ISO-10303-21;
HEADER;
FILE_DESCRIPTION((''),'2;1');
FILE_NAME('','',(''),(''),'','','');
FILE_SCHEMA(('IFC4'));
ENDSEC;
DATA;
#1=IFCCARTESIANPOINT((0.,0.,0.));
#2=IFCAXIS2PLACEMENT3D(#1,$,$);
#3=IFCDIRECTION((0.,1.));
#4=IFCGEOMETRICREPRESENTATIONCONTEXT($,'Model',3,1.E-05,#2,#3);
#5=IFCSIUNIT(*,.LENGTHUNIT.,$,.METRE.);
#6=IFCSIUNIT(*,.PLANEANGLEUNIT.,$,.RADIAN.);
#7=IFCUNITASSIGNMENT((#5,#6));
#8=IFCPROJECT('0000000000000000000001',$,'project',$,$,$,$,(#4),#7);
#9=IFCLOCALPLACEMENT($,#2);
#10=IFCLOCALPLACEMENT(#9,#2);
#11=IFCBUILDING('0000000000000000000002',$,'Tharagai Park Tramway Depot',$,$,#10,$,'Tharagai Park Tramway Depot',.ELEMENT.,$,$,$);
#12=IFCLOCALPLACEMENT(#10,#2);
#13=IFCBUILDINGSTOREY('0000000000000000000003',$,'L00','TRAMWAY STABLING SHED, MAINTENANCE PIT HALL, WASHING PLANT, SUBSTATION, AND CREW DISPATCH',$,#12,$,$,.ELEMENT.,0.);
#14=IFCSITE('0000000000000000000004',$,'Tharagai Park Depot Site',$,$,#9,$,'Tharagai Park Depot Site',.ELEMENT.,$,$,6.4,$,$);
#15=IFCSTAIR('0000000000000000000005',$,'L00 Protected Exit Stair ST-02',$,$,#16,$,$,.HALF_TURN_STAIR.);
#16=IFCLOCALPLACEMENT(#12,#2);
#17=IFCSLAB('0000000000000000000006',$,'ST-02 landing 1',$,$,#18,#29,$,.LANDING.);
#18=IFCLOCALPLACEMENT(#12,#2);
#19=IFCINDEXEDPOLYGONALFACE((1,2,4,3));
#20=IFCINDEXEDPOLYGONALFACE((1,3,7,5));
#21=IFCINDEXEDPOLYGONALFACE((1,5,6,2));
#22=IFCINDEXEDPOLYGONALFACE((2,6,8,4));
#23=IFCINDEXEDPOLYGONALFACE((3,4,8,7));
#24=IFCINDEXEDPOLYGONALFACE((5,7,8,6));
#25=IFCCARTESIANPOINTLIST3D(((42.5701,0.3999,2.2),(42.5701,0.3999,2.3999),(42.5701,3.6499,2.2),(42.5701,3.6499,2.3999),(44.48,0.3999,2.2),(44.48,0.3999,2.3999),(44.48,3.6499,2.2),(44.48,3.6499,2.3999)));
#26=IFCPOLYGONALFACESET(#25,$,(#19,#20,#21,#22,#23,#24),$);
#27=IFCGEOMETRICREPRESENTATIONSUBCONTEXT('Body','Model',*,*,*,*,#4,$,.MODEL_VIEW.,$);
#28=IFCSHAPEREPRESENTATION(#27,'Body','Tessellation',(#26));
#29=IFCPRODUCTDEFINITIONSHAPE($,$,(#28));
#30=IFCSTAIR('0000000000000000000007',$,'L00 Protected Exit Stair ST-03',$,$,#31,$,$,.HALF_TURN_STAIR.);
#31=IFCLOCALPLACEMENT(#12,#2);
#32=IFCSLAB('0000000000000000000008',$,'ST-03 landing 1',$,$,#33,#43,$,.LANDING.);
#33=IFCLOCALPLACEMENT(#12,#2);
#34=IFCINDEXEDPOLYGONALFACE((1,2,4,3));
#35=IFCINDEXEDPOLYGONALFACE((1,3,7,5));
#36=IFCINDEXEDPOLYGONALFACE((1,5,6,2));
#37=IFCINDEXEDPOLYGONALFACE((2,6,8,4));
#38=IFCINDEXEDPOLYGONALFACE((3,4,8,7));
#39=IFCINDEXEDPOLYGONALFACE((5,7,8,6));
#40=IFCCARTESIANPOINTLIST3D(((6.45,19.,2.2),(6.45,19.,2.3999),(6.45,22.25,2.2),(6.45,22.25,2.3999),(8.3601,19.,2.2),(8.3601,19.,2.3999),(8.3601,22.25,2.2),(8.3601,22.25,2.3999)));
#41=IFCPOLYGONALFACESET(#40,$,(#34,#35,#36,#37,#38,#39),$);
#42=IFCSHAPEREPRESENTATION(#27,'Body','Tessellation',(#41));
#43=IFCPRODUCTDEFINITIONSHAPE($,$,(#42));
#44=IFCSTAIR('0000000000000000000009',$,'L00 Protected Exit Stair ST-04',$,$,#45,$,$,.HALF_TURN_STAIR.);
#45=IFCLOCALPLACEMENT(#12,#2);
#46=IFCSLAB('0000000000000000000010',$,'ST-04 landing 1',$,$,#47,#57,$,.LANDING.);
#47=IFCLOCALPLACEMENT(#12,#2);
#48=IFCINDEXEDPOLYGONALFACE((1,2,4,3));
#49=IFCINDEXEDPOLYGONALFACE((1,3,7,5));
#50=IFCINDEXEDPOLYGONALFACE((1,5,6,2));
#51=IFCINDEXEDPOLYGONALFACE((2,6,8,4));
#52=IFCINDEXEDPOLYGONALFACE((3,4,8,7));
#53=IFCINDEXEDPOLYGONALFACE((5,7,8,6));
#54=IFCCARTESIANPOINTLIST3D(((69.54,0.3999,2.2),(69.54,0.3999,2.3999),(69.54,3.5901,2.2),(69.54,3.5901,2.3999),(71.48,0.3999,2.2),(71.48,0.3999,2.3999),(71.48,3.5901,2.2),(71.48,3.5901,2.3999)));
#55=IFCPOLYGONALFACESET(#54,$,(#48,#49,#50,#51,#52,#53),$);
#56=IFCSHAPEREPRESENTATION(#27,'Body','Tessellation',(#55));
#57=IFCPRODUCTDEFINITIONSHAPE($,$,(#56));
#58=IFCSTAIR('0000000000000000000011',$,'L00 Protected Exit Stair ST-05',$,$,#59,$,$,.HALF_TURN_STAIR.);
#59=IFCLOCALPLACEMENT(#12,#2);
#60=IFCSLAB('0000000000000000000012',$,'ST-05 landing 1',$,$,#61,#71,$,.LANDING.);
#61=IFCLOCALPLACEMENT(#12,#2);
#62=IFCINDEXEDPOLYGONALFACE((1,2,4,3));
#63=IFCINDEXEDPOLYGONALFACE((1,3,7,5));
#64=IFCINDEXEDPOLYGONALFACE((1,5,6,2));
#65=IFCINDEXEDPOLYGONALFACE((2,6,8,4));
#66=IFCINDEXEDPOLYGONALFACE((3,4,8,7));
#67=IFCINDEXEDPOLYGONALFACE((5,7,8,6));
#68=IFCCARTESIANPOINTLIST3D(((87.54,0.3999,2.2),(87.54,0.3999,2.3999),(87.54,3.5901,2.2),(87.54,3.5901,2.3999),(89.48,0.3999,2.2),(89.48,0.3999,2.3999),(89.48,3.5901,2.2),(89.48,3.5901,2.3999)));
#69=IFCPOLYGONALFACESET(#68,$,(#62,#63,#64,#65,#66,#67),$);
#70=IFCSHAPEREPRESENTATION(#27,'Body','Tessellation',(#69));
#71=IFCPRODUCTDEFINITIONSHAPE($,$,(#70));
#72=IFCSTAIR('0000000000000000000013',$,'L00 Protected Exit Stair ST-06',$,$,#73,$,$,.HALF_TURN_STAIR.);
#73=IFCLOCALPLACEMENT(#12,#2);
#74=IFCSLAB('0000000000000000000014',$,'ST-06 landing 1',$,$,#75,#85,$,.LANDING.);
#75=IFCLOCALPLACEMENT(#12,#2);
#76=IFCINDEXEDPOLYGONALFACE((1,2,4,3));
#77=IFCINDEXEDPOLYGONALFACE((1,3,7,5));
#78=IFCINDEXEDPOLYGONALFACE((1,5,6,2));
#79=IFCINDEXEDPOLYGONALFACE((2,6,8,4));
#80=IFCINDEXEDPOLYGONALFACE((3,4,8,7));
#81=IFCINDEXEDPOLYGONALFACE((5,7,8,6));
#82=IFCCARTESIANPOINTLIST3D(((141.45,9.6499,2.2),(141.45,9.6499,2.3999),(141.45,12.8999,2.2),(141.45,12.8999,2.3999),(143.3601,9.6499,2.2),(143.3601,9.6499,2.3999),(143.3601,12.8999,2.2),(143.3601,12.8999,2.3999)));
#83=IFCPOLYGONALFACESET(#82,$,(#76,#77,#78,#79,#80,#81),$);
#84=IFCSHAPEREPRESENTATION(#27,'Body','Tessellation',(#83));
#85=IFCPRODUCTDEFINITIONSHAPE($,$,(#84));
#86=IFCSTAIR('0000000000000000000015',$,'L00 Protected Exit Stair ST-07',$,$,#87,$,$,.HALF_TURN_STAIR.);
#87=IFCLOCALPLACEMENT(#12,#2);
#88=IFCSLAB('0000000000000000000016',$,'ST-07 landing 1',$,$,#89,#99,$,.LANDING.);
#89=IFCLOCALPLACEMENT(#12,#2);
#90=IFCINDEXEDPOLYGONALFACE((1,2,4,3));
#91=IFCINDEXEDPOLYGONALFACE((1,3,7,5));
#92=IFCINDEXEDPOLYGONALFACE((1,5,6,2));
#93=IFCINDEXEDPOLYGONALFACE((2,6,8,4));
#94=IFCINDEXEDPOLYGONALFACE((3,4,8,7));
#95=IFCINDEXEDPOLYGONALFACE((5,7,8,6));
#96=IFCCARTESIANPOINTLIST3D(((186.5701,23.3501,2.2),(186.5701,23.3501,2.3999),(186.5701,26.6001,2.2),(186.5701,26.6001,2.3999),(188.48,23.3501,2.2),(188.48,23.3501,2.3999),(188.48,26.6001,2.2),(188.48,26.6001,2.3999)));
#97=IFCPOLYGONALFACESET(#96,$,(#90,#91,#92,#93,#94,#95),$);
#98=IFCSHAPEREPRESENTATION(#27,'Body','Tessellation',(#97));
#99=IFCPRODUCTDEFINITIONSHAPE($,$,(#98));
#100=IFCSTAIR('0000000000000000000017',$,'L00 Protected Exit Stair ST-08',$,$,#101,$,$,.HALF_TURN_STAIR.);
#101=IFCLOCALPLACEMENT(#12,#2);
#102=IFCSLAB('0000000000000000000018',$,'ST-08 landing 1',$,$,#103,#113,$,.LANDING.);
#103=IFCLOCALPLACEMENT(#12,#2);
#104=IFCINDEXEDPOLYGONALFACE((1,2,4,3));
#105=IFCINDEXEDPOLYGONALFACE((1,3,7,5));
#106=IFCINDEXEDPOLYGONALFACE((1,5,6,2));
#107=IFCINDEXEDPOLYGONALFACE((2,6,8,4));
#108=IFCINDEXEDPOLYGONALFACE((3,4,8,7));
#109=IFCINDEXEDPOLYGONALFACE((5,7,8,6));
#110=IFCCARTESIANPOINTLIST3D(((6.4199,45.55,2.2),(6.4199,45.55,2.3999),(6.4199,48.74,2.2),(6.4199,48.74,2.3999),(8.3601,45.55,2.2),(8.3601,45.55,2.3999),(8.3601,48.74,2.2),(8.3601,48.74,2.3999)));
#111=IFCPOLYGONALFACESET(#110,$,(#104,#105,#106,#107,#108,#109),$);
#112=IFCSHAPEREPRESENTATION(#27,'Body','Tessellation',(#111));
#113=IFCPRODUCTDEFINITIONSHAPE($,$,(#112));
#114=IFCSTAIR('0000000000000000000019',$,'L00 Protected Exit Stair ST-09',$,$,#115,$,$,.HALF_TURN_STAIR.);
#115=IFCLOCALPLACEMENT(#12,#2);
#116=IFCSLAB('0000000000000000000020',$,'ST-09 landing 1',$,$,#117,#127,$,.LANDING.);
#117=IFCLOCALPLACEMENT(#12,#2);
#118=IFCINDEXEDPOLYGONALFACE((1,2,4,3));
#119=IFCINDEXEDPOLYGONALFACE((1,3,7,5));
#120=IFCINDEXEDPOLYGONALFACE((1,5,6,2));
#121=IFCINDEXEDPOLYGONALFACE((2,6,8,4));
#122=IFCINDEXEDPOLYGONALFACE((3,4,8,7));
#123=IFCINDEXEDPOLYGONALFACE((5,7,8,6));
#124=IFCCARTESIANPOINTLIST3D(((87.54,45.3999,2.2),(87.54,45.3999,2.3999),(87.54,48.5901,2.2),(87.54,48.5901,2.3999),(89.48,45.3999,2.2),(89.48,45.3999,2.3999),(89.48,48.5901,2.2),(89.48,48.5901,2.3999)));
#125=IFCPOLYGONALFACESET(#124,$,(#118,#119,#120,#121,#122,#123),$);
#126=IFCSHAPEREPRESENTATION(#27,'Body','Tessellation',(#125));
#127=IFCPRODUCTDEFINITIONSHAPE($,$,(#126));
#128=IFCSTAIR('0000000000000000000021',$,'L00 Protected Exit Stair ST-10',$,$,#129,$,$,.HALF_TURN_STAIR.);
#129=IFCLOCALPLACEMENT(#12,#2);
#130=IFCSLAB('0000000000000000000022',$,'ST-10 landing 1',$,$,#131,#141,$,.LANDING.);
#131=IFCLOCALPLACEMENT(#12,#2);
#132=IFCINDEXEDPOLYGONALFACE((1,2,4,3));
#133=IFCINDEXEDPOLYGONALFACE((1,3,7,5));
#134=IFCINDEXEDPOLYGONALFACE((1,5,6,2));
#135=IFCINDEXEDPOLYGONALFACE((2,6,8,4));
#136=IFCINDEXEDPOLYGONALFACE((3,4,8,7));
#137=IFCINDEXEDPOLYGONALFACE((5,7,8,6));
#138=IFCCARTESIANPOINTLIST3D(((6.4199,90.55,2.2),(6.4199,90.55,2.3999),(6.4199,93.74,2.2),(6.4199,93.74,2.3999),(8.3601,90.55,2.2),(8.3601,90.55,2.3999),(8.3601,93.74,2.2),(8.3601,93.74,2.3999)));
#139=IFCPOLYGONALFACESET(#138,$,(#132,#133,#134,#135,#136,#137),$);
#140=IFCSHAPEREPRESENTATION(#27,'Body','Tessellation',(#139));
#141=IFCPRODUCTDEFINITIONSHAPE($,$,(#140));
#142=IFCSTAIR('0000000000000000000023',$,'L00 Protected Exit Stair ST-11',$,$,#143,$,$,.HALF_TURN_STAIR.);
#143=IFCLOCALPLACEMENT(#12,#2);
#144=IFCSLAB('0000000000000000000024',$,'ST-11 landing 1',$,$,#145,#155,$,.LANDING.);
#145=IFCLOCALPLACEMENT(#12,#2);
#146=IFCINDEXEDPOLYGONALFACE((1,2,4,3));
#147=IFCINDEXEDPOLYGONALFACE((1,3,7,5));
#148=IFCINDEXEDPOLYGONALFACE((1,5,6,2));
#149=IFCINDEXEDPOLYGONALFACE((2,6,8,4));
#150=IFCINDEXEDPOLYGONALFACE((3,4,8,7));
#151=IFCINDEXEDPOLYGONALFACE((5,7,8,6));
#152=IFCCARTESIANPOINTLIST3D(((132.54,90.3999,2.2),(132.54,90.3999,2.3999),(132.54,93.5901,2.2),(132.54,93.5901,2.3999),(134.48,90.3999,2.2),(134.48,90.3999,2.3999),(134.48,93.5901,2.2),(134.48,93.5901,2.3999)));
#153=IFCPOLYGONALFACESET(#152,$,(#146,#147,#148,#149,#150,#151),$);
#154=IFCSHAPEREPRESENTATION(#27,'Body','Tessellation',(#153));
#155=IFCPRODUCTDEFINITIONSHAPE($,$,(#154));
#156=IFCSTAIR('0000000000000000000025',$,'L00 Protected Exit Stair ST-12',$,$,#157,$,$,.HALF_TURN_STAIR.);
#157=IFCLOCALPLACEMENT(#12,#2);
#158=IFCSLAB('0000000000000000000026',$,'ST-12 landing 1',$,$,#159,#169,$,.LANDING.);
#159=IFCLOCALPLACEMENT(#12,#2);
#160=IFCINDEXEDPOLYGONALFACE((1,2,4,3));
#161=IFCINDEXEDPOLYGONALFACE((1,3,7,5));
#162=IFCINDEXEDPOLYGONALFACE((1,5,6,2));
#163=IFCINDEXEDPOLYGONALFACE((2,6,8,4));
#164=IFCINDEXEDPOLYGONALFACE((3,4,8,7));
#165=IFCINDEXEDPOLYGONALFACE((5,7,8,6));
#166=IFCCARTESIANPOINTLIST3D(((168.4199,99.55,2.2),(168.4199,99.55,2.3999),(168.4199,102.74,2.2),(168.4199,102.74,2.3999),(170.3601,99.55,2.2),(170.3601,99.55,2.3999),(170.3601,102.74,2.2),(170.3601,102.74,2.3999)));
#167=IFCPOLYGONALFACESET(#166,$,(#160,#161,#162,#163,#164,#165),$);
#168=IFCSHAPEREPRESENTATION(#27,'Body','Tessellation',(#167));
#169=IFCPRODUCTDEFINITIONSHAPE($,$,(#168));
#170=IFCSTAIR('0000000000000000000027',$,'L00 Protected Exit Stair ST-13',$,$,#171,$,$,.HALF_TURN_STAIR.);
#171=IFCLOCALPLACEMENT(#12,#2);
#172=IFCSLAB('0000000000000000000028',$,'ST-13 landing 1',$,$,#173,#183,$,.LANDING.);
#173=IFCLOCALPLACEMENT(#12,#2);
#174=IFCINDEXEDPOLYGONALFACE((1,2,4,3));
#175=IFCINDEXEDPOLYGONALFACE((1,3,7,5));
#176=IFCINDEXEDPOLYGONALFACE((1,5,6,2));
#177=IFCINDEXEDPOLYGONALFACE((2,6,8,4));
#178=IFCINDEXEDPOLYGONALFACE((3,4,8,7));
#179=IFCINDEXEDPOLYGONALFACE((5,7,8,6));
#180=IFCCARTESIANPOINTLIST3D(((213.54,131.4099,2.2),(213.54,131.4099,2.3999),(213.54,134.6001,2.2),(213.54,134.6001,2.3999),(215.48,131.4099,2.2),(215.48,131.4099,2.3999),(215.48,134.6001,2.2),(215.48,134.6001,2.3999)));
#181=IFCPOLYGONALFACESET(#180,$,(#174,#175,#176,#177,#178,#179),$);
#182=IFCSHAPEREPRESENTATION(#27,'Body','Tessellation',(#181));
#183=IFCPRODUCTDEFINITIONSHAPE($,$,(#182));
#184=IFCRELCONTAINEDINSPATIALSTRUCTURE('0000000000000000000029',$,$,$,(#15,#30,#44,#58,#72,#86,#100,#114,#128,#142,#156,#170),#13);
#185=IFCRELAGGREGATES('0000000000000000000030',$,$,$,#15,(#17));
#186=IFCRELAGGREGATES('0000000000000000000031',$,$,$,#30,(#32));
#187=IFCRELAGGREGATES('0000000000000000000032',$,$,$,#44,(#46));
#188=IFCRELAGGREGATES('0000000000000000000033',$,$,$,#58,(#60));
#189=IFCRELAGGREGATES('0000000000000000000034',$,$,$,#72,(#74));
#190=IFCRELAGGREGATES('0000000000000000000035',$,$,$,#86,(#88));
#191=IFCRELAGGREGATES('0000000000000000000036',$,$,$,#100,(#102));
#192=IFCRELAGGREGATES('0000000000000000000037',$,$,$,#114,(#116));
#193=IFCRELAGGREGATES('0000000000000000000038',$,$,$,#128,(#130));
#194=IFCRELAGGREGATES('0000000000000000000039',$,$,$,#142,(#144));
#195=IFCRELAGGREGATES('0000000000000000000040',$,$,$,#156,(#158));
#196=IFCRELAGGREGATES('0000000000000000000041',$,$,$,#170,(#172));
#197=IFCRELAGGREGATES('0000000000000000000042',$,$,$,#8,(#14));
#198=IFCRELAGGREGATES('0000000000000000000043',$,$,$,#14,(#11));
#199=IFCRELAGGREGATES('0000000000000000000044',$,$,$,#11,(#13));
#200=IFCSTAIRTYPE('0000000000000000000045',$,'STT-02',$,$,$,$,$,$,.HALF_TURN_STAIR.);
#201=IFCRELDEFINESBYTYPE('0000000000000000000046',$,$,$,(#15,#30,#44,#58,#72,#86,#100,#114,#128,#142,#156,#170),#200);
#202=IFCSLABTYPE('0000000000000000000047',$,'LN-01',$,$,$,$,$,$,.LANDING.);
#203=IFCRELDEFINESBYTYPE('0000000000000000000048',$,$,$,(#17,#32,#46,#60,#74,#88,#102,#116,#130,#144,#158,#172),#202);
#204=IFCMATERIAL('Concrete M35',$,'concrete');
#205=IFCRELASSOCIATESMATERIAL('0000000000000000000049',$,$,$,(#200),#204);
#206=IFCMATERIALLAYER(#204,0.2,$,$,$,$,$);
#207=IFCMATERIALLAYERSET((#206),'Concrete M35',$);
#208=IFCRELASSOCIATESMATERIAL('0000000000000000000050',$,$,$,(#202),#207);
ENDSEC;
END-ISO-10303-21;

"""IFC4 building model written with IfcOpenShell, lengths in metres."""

from ifc_helpers import new_model, si_unit, direction, frame, origin, place, context, subcontext, project, spatial, polyline, outline, extrude, material, layer, layer_set, type_object, element, aggregate, save


model = new_model("IFC4")

# Units and contexts
model_context = context("Model", 3, precision=1e-05, world=origin(), true_north=direction((0.0, 1.0)))
body_context = subcontext(model_context, "Body", "Model", "MODEL_VIEW")
ifc_project = project(units=[si_unit("LENGTHUNIT", "METRE"), si_unit("PLANEANGLEUNIT", "RADIAN")], contexts=[model_context])

# Site, building, storey
site_placement = place(None, origin())
site = spatial("IfcSite", under=ifc_project, at=site_placement, Name="Tharagai Park Depot Site", LongName="Tharagai Park Depot Site", CompositionType="ELEMENT", RefElevation=6.4)
building_placement = place(site_placement, origin())
building = spatial("IfcBuilding", under=site, at=building_placement, Name="Tharagai Park Tramway Depot", LongName="Tharagai Park Tramway Depot", CompositionType="ELEMENT")
storey_placement = place(building_placement, origin())
storey = spatial("IfcBuildingStorey", under=building, at=storey_placement, Name="L00", Description="TRAMWAY STABLING SHED, MAINTENANCE PIT HALL, WASHING PLANT, SUBSTATION, AND CREW DISPATCH", CompositionType="ELEMENT", Elevation=0.0)

# Stairs, slabs
ifc_material_1 = material(Name="Concrete M35", Category="concrete")
stair_type = type_object("IfcStairType", Name="STT-02", PredefinedType="HALF_TURN_STAIR", material=ifc_material_1)
stair_1_placement = place(storey_placement, origin())
stair_1 = element("IfcStair", 1, at=stair_1_placement, inside=storey, type_object=stair_type, Name="L00 Protected Exit Stair ST-02", PredefinedType="HALF_TURN_STAIR")
ifc_layer_1 = layer(ifc_material_1, 0.2)
ifc_layer_set_1 = layer_set([ifc_layer_1], Name="Concrete M35")
slab_type = type_object("IfcSlabType", Name="LN-01", PredefinedType="LANDING", material=ifc_layer_set_1)
slab_1_placement = place(storey_placement, frame((0.0, 0.0, 2.2)))
slab_1 = element("IfcSlab", 2, at=slab_1_placement, type_object=slab_type, Name="ST-02 landing 1", PredefinedType="LANDING", context=body_context, shape_type="SweptSolid", body=[
    extrude(outline(polyline([(42.5701, 0.3999), (44.48, 0.3999), (44.48, 3.6499), (42.5701, 3.6499), (42.5701, 0.3999)])), origin(), (0.0, 0.0, 1.0), 0.2),
])
aggregate(stair_1, [slab_1])
stair_2_placement = place(storey_placement, origin())
stair_2 = element("IfcStair", 3, at=stair_2_placement, inside=storey, type_object=stair_type, Name="L00 Protected Exit Stair ST-03", PredefinedType="HALF_TURN_STAIR")
slab_2_placement = place(storey_placement, frame((0.0, 0.0, 2.2)))
slab_2 = element("IfcSlab", 4, at=slab_2_placement, type_object=slab_type, Name="ST-03 landing 1", PredefinedType="LANDING", context=body_context, shape_type="SweptSolid", body=[
    extrude(outline(polyline([(6.45, 19.0), (8.3601, 19.0), (8.3601, 22.25), (6.45, 22.25), (6.45, 19.0)])), origin(), (0.0, 0.0, 1.0), 0.2),
])
aggregate(stair_2, [slab_2])
stair_3_placement = place(storey_placement, origin())
stair_3 = element("IfcStair", 5, at=stair_3_placement, inside=storey, type_object=stair_type, Name="L00 Protected Exit Stair ST-04", PredefinedType="HALF_TURN_STAIR")
slab_3_placement = place(storey_placement, frame((0.0, 0.0, 2.2)))
slab_3 = element("IfcSlab", 6, at=slab_3_placement, type_object=slab_type, Name="ST-04 landing 1", PredefinedType="LANDING", context=body_context, shape_type="SweptSolid", body=[
    extrude(outline(polyline([(69.54, 0.3999), (71.48, 0.3999), (71.48, 3.5901), (69.54, 3.5901), (69.54, 0.3999)])), origin(), (0.0, 0.0, 1.0), 0.2),
])
aggregate(stair_3, [slab_3])
stair_4_placement = place(storey_placement, origin())
stair_4 = element("IfcStair", 7, at=stair_4_placement, inside=storey, type_object=stair_type, Name="L00 Protected Exit Stair ST-05", PredefinedType="HALF_TURN_STAIR")
slab_4_placement = place(storey_placement, frame((0.0, 0.0, 2.2)))
slab_4 = element("IfcSlab", 8, at=slab_4_placement, type_object=slab_type, Name="ST-05 landing 1", PredefinedType="LANDING", context=body_context, shape_type="SweptSolid", body=[
    extrude(outline(polyline([(87.54, 0.3999), (89.48, 0.3999), (89.48, 3.5901), (87.54, 3.5901), (87.54, 0.3999)])), origin(), (0.0, 0.0, 1.0), 0.2),
])
aggregate(stair_4, [slab_4])
stair_5_placement = place(storey_placement, origin())
stair_5 = element("IfcStair", 9, at=stair_5_placement, inside=storey, type_object=stair_type, Name="L00 Protected Exit Stair ST-06", PredefinedType="HALF_TURN_STAIR")
slab_5_placement = place(storey_placement, frame((0.0, 0.0, 2.2)))
slab_5 = element("IfcSlab", 10, at=slab_5_placement, type_object=slab_type, Name="ST-06 landing 1", PredefinedType="LANDING", context=body_context, shape_type="SweptSolid", body=[
    extrude(outline(polyline([(141.45, 9.6499), (143.3601, 9.6499), (143.3601, 12.8999), (141.45, 12.8999), (141.45, 9.6499)])), origin(), (0.0, 0.0, 1.0), 0.2),
])
aggregate(stair_5, [slab_5])
stair_6_placement = place(storey_placement, origin())
stair_6 = element("IfcStair", 11, at=stair_6_placement, inside=storey, type_object=stair_type, Name="L00 Protected Exit Stair ST-07", PredefinedType="HALF_TURN_STAIR")
slab_6_placement = place(storey_placement, frame((0.0, 0.0, 2.2)))
slab_6 = element("IfcSlab", 12, at=slab_6_placement, type_object=slab_type, Name="ST-07 landing 1", PredefinedType="LANDING", context=body_context, shape_type="SweptSolid", body=[
    extrude(outline(polyline([(186.5701, 23.3501), (188.48, 23.3501), (188.48, 26.6001), (186.5701, 26.6001), (186.5701, 23.3501)])), origin(), (0.0, 0.0, 1.0), 0.2),
])
aggregate(stair_6, [slab_6])
stair_7_placement = place(storey_placement, origin())
stair_7 = element("IfcStair", 13, at=stair_7_placement, inside=storey, type_object=stair_type, Name="L00 Protected Exit Stair ST-08", PredefinedType="HALF_TURN_STAIR")
slab_7_placement = place(storey_placement, frame((0.0, 0.0, 2.2)))
slab_7 = element("IfcSlab", 14, at=slab_7_placement, type_object=slab_type, Name="ST-08 landing 1", PredefinedType="LANDING", context=body_context, shape_type="SweptSolid", body=[
    extrude(outline(polyline([(6.4199, 45.55), (8.3601, 45.55), (8.3601, 48.74), (6.4199, 48.74), (6.4199, 45.55)])), origin(), (0.0, 0.0, 1.0), 0.2),
])
aggregate(stair_7, [slab_7])
stair_8_placement = place(storey_placement, origin())
stair_8 = element("IfcStair", 15, at=stair_8_placement, inside=storey, type_object=stair_type, Name="L00 Protected Exit Stair ST-09", PredefinedType="HALF_TURN_STAIR")
slab_8_placement = place(storey_placement, frame((0.0, 0.0, 2.2)))
slab_8 = element("IfcSlab", 16, at=slab_8_placement, type_object=slab_type, Name="ST-09 landing 1", PredefinedType="LANDING", context=body_context, shape_type="SweptSolid", body=[
    extrude(outline(polyline([(87.54, 45.3999), (89.48, 45.3999), (89.48, 48.5901), (87.54, 48.5901), (87.54, 45.3999)])), origin(), (0.0, 0.0, 1.0), 0.2),
])
aggregate(stair_8, [slab_8])
stair_9_placement = place(storey_placement, origin())
stair_9 = element("IfcStair", 17, at=stair_9_placement, inside=storey, type_object=stair_type, Name="L00 Protected Exit Stair ST-10", PredefinedType="HALF_TURN_STAIR")
slab_9_placement = place(storey_placement, frame((0.0, 0.0, 2.2)))
slab_9 = element("IfcSlab", 18, at=slab_9_placement, type_object=slab_type, Name="ST-10 landing 1", PredefinedType="LANDING", context=body_context, shape_type="SweptSolid", body=[
    extrude(outline(polyline([(6.4199, 90.55), (8.3601, 90.55), (8.3601, 93.74), (6.4199, 93.74), (6.4199, 90.55)])), origin(), (0.0, 0.0, 1.0), 0.2),
])
aggregate(stair_9, [slab_9])
stair_10_placement = place(storey_placement, origin())
stair_10 = element("IfcStair", 19, at=stair_10_placement, inside=storey, type_object=stair_type, Name="L00 Protected Exit Stair ST-11", PredefinedType="HALF_TURN_STAIR")
slab_10_placement = place(storey_placement, frame((0.0, 0.0, 2.2)))
slab_10 = element("IfcSlab", 20, at=slab_10_placement, type_object=slab_type, Name="ST-11 landing 1", PredefinedType="LANDING", context=body_context, shape_type="SweptSolid", body=[
    extrude(outline(polyline([(132.54, 90.3999), (134.48, 90.3999), (134.48, 93.5901), (132.54, 93.5901), (132.54, 90.3999)])), origin(), (0.0, 0.0, 1.0), 0.2),
])
aggregate(stair_10, [slab_10])
stair_11_placement = place(storey_placement, origin())
stair_11 = element("IfcStair", 21, at=stair_11_placement, inside=storey, type_object=stair_type, Name="L00 Protected Exit Stair ST-12", PredefinedType="HALF_TURN_STAIR")
slab_11_placement = place(storey_placement, frame((0.0, 0.0, 2.2)))
slab_11 = element("IfcSlab", 22, at=slab_11_placement, type_object=slab_type, Name="ST-12 landing 1", PredefinedType="LANDING", context=body_context, shape_type="SweptSolid", body=[
    extrude(outline(polyline([(168.4199, 99.55), (170.3601, 99.55), (170.3601, 102.74), (168.4199, 102.74), (168.4199, 99.55)])), origin(), (0.0, 0.0, 1.0), 0.2),
])
aggregate(stair_11, [slab_11])
stair_12_placement = place(storey_placement, origin())
stair_12 = element("IfcStair", 23, at=stair_12_placement, inside=storey, type_object=stair_type, Name="L00 Protected Exit Stair ST-13", PredefinedType="HALF_TURN_STAIR")
slab_12_placement = place(storey_placement, frame((0.0, 0.0, 2.2)))
slab_12 = element("IfcSlab", 24, at=slab_12_placement, type_object=slab_type, Name="ST-13 landing 1", PredefinedType="LANDING", context=body_context, shape_type="SweptSolid", body=[
    extrude(outline(polyline([(213.54, 131.4099), (215.48, 131.4099), (215.48, 134.6001), (213.54, 134.6001), (213.54, 131.4099)])), origin(), (0.0, 0.0, 1.0), 0.2),
])
aggregate(stair_12, [slab_12])

save(model, "model.ifc")
